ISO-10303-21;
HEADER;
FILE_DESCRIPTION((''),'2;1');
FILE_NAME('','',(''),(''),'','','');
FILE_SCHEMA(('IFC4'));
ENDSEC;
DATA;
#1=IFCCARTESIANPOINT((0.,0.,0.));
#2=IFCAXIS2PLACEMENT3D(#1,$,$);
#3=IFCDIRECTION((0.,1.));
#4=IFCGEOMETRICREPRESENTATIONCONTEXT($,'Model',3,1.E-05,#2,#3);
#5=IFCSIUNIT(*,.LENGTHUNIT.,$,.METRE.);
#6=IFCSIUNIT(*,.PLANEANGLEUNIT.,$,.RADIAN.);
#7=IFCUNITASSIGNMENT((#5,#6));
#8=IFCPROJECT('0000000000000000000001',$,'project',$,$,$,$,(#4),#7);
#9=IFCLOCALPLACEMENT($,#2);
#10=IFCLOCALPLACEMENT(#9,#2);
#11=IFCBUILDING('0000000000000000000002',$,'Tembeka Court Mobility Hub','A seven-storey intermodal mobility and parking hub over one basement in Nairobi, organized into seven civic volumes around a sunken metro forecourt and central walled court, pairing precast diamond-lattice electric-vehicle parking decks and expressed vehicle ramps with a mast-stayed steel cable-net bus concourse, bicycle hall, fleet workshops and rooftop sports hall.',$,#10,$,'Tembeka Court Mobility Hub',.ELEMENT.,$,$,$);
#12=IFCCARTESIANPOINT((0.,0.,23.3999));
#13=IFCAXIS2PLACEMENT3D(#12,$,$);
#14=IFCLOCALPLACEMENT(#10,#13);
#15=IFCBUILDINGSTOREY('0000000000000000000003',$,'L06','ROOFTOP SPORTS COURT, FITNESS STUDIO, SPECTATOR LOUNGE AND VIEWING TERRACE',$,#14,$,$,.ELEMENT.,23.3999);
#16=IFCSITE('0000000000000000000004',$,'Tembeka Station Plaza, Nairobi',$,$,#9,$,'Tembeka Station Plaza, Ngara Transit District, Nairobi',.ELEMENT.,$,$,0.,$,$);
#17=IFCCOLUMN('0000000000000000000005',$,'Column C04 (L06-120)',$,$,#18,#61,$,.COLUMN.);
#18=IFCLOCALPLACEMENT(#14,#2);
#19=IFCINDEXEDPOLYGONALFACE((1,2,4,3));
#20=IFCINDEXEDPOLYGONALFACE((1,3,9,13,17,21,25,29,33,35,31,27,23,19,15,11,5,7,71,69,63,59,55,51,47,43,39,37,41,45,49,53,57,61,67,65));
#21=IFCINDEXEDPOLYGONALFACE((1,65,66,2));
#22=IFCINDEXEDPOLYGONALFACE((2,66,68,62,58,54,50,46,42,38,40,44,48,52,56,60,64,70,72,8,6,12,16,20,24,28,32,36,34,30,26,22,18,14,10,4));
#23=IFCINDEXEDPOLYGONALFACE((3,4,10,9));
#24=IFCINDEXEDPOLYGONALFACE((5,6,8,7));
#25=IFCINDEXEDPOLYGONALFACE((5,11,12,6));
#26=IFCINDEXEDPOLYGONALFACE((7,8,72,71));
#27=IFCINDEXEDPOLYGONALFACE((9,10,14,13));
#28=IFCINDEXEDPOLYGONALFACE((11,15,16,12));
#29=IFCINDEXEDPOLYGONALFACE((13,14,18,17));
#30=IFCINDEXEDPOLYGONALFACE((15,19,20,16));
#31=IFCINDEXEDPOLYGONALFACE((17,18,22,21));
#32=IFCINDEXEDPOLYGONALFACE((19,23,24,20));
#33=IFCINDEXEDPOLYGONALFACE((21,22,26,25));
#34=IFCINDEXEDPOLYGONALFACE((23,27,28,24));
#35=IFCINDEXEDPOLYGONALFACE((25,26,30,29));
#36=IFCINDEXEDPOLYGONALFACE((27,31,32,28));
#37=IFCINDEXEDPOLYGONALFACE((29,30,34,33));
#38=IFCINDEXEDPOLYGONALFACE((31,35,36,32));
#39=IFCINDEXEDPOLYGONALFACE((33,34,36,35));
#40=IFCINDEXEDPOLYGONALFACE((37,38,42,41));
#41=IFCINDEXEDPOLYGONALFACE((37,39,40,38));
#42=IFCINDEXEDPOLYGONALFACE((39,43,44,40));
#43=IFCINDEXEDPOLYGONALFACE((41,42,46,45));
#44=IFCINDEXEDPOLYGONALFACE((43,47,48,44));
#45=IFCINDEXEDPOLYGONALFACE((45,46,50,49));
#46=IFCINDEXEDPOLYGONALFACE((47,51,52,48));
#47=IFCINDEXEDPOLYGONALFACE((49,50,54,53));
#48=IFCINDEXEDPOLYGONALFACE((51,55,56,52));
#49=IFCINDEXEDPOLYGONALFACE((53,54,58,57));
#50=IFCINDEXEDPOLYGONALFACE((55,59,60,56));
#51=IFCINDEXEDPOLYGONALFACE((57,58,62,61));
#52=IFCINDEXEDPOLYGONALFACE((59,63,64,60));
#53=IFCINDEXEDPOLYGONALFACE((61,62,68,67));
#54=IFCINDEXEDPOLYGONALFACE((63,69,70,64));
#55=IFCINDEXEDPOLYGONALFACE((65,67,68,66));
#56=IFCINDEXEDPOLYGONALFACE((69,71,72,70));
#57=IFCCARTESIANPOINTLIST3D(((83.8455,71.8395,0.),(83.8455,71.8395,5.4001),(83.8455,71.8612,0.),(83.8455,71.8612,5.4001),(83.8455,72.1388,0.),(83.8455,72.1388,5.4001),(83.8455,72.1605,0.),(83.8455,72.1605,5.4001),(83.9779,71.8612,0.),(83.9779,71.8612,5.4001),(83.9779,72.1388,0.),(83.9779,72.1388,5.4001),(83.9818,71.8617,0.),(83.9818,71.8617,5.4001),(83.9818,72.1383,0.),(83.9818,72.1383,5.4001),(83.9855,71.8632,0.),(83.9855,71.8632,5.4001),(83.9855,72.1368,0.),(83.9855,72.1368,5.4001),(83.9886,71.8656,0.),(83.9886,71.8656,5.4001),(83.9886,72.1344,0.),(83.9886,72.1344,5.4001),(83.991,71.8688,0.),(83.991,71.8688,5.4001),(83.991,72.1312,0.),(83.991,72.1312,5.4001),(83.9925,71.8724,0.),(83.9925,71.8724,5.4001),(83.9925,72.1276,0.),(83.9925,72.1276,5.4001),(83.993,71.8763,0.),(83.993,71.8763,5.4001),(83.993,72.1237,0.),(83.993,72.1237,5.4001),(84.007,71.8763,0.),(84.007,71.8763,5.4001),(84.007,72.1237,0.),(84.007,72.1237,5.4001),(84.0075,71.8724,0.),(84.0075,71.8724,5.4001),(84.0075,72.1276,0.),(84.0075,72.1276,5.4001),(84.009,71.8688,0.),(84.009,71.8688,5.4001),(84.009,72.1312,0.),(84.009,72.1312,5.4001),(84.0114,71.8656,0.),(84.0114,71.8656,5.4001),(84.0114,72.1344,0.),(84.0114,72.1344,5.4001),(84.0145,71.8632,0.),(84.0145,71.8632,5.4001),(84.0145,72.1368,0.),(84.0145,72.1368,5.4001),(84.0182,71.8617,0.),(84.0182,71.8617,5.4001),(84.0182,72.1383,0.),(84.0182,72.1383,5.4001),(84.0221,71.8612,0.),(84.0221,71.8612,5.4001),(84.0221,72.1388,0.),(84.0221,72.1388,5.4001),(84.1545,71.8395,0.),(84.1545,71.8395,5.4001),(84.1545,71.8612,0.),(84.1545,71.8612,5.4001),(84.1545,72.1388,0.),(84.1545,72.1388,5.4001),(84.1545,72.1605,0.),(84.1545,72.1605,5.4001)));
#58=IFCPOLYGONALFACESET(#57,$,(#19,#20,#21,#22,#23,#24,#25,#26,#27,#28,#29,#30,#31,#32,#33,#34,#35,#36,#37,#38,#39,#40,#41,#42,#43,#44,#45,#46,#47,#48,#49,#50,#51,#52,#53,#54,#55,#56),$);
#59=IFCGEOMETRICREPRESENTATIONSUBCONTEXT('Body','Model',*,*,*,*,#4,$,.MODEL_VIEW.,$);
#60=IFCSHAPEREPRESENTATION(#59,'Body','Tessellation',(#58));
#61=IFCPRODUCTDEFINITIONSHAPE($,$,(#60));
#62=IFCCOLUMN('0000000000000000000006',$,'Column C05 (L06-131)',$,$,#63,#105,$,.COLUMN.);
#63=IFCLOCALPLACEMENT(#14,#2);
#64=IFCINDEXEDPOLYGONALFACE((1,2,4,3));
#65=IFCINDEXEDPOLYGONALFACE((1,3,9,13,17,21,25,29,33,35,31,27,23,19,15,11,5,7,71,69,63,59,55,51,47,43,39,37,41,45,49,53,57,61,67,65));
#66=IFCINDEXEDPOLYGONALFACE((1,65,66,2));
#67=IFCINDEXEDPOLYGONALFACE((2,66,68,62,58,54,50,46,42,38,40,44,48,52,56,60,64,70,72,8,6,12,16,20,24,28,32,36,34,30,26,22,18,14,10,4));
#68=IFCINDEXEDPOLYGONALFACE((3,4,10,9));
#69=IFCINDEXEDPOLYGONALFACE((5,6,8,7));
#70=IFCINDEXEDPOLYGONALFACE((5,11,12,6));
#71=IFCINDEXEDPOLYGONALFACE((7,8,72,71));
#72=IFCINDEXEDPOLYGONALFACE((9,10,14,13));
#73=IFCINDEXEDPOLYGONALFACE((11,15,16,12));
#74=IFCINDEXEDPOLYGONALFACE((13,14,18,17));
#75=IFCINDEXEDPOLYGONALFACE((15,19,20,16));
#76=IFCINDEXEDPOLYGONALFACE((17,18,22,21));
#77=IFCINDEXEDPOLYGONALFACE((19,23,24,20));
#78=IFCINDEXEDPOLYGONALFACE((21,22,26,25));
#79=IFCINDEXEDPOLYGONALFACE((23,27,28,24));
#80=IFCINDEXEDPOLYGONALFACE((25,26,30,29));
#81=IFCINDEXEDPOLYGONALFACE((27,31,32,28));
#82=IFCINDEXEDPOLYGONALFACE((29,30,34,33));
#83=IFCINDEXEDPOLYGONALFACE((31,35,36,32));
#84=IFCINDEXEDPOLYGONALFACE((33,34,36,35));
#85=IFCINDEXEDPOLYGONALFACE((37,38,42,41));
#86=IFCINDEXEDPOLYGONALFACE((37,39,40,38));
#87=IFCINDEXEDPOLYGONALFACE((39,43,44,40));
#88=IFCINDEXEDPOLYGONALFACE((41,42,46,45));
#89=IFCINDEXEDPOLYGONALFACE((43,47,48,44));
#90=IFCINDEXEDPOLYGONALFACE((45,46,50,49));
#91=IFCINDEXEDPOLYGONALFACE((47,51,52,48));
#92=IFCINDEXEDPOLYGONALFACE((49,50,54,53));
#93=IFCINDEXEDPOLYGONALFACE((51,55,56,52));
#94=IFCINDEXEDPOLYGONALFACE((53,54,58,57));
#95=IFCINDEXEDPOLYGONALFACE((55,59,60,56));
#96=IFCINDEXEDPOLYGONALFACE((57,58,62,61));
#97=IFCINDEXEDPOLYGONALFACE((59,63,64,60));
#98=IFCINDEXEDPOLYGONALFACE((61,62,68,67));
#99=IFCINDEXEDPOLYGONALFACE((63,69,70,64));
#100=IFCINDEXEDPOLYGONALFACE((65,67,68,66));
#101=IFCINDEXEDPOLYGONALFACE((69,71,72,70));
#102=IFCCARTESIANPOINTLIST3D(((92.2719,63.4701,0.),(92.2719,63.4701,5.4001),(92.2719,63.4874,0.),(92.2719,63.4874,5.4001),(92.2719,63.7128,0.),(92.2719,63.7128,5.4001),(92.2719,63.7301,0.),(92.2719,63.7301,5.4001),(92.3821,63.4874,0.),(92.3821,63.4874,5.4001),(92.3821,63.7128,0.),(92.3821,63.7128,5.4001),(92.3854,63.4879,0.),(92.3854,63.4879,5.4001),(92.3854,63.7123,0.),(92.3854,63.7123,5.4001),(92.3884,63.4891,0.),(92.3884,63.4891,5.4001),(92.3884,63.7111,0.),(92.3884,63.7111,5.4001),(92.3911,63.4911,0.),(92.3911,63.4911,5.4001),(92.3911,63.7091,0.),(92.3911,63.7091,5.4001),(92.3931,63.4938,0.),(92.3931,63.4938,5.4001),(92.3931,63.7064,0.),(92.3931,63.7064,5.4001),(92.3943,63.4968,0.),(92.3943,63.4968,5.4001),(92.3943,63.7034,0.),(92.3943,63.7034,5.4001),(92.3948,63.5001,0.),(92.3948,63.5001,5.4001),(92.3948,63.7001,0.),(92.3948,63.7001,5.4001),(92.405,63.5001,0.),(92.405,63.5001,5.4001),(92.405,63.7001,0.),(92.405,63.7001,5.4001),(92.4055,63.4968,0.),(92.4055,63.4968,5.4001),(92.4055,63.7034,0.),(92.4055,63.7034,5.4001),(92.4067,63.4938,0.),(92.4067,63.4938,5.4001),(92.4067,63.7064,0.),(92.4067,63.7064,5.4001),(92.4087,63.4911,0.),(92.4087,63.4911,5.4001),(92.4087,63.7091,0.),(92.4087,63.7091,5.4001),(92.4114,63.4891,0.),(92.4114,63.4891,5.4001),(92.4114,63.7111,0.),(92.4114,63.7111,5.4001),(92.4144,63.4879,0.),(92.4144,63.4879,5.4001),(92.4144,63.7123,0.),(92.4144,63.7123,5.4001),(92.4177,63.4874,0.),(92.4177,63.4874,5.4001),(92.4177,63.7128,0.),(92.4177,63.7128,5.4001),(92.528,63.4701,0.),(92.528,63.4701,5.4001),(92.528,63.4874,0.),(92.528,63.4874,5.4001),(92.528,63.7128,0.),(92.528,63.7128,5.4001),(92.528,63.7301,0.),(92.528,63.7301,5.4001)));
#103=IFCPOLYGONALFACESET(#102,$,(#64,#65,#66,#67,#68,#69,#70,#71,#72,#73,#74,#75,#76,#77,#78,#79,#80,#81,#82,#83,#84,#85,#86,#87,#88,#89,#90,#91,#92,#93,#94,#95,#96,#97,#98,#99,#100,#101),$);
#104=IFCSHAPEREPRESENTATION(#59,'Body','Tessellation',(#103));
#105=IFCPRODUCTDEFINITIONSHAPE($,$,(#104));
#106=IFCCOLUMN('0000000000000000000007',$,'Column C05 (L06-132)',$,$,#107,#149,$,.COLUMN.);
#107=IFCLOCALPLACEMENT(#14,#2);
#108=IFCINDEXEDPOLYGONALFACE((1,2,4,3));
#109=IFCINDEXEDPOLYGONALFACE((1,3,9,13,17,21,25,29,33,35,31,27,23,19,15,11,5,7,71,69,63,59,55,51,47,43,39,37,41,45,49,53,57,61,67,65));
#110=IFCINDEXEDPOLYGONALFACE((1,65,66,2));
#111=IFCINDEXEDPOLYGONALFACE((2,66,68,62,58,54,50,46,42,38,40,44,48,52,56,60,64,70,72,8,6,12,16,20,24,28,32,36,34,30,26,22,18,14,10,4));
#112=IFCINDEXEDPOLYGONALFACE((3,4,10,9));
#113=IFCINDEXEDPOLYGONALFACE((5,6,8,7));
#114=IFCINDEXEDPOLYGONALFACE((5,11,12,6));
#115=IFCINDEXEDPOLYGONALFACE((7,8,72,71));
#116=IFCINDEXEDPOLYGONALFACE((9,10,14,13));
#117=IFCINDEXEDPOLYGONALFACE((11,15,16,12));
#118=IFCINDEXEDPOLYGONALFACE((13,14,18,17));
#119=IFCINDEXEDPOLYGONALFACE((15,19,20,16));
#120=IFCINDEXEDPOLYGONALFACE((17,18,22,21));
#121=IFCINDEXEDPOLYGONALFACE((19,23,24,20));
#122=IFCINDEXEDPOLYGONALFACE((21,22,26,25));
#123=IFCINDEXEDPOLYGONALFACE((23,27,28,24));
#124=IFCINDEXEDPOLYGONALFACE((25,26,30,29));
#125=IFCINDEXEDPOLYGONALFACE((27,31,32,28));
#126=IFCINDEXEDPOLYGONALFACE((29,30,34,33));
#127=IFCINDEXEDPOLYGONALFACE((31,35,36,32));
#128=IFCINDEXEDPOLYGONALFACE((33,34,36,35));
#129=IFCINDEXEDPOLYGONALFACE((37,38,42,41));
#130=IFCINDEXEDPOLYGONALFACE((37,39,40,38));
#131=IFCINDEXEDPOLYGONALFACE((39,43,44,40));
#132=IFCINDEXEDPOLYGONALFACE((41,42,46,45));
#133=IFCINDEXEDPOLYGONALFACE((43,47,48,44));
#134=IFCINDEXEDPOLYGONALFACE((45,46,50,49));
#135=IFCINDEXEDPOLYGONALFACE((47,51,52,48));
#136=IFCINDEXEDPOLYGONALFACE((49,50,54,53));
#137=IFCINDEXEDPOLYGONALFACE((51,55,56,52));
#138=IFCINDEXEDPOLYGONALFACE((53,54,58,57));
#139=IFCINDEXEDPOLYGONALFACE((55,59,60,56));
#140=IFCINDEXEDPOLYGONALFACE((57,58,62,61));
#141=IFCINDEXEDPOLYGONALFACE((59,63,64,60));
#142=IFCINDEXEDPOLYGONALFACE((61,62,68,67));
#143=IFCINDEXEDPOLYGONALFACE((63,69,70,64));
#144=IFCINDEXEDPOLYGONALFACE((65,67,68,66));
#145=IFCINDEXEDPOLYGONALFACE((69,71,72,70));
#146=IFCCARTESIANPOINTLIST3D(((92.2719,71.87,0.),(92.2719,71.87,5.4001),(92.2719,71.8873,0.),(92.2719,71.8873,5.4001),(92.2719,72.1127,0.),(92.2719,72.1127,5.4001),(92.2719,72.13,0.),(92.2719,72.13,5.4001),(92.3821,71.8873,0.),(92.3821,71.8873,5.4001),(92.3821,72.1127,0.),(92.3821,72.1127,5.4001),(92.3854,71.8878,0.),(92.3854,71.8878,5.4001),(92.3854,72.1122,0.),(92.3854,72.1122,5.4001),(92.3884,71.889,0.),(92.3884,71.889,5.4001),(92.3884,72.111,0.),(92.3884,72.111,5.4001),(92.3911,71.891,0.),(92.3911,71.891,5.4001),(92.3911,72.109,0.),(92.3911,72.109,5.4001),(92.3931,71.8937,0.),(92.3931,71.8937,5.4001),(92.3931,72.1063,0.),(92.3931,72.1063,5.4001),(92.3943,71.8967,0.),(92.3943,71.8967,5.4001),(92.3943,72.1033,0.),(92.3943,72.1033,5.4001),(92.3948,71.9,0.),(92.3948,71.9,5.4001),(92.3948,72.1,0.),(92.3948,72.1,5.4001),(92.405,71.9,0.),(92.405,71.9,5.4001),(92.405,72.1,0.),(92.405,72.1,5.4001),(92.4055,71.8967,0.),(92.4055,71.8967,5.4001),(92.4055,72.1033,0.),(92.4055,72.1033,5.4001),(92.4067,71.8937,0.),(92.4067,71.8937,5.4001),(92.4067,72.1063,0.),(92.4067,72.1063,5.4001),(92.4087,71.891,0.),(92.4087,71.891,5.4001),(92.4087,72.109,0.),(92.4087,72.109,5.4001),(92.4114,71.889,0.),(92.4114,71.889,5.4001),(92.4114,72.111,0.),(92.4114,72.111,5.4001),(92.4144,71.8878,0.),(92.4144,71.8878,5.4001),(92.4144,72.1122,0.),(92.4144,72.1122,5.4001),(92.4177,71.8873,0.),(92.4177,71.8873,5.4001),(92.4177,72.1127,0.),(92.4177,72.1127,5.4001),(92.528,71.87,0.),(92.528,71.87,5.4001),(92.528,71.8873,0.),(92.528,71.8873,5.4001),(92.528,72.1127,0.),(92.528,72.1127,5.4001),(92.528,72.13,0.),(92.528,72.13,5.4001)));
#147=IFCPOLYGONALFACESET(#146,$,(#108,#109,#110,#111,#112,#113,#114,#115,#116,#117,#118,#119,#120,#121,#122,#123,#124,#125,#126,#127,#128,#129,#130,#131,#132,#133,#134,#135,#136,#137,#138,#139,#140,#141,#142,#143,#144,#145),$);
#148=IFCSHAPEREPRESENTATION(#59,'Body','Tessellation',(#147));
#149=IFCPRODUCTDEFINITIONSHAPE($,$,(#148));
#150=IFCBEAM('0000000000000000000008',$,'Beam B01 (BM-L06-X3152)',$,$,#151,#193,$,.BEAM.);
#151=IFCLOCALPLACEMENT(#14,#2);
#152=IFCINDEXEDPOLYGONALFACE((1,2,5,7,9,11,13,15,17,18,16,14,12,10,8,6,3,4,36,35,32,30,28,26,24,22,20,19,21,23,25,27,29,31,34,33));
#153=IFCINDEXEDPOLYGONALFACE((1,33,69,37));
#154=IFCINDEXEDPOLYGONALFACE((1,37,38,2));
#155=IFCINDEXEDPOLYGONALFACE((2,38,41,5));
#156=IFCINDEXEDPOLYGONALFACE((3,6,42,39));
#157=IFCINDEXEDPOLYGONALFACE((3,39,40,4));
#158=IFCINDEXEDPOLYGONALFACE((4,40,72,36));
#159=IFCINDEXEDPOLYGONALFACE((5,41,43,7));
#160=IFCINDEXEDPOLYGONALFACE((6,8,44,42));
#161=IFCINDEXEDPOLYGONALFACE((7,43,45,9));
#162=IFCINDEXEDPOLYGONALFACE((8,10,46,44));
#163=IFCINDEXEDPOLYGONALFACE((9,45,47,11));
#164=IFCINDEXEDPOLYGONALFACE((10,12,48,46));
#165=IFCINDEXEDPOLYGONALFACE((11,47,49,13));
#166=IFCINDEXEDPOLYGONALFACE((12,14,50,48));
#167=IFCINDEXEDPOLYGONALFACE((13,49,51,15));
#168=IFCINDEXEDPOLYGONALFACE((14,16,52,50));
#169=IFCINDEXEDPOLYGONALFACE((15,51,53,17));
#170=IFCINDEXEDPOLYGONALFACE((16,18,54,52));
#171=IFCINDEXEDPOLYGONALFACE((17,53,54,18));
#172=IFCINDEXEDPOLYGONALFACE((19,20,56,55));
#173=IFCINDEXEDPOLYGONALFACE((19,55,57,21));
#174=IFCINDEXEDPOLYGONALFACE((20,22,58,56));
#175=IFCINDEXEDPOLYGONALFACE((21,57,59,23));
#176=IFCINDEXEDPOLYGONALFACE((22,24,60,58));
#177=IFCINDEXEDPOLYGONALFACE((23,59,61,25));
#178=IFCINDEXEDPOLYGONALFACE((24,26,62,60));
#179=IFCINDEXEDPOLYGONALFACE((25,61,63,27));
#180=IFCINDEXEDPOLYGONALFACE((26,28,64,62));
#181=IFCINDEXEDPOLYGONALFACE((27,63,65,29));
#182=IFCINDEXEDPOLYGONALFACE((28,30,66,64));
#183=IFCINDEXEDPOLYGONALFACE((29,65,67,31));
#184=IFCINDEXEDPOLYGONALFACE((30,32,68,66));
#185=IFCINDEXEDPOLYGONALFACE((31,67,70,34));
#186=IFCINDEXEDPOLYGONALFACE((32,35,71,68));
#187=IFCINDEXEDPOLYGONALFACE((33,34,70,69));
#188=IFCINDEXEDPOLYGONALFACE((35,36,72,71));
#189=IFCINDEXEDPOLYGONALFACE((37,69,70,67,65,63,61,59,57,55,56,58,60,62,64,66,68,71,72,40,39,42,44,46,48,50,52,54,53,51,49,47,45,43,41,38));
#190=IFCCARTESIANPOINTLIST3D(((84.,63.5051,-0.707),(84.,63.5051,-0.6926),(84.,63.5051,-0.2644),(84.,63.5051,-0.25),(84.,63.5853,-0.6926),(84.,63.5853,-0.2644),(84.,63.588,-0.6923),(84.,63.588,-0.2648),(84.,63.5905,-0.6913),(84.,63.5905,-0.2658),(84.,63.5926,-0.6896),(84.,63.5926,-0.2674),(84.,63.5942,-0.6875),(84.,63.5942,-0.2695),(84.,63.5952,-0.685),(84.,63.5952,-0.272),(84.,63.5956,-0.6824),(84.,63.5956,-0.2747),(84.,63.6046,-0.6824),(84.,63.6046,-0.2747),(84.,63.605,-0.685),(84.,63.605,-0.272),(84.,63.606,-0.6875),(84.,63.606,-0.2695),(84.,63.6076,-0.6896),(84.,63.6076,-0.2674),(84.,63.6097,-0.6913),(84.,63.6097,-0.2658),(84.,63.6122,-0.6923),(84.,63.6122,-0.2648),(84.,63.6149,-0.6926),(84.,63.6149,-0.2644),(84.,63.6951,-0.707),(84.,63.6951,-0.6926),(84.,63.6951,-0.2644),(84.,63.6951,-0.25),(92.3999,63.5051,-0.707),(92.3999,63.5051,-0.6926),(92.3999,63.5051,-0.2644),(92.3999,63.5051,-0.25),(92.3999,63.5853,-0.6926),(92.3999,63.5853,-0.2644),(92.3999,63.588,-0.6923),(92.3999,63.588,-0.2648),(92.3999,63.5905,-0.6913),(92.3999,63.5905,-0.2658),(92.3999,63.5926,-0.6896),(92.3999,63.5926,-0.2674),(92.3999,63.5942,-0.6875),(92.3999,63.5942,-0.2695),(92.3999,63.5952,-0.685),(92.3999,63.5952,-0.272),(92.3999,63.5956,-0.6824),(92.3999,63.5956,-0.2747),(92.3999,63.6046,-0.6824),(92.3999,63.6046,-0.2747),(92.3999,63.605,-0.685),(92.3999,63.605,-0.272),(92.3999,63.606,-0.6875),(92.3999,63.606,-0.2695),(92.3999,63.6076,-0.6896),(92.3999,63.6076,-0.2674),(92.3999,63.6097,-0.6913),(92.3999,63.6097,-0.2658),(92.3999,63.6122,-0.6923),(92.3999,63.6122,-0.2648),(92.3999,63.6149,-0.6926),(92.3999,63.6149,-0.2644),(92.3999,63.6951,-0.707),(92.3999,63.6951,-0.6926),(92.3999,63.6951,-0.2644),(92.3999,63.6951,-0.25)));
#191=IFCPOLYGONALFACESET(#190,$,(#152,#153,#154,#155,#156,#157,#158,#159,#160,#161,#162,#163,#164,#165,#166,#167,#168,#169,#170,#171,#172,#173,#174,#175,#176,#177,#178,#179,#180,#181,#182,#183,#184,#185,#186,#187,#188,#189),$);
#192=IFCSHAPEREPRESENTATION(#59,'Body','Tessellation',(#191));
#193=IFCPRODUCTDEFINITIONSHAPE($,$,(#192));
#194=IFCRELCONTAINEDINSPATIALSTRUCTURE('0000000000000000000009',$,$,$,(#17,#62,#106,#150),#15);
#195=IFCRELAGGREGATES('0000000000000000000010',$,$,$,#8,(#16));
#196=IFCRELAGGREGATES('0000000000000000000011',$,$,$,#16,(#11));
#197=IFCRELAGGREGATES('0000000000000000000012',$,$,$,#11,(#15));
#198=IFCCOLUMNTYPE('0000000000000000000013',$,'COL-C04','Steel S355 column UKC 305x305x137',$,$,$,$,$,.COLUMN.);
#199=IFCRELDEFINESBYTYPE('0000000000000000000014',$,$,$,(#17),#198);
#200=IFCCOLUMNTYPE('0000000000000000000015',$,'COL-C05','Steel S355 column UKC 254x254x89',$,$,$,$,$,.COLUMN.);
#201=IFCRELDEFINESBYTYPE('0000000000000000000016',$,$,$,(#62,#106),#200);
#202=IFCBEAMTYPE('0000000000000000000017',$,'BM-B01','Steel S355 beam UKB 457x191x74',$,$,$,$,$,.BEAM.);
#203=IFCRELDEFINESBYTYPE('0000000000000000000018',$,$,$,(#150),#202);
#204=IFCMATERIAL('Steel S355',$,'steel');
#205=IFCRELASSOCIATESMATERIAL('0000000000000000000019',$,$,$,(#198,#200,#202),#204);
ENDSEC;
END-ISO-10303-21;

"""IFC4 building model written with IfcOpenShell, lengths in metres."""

from ifc_helpers import new_model, si_unit, direction, frame, origin, origin_2d, place, context, subcontext, project, spatial, i_section, extrude, material, material_profile, profile_set, type_object, element, save


model = new_model("IFC4")

# Units and contexts
model_context = context("Model", 3, precision=1e-05, world=origin(), true_north=direction((0.0, 1.0)))
body_context = subcontext(model_context, "Body", "Model", "MODEL_VIEW")
ifc_project = project(units=[si_unit("LENGTHUNIT", "METRE"), si_unit("PLANEANGLEUNIT", "RADIAN")], contexts=[model_context])

# Site, building, storey
site_placement = place(None, origin())
site = spatial("IfcSite", under=ifc_project, at=site_placement, Name="Tembeka Station Plaza, Nairobi", LongName="Tembeka Station Plaza, Ngara Transit District, Nairobi", CompositionType="ELEMENT", RefElevation=0.0)
building_placement = place(site_placement, origin())
building = spatial("IfcBuilding", under=site, at=building_placement, Name="Tembeka Court Mobility Hub", Description="A seven-storey intermodal mobility and parking hub over one basement in Nairobi, organized into seven civic volumes around a sunken metro forecourt and central walled court, pairing precast diamond-lattice electric-vehicle parking decks and expressed vehicle ramps with a mast-stayed steel cable-net bus concourse, bicycle hall, fleet workshops and rooftop sports hall.", LongName="Tembeka Court Mobility Hub", CompositionType="ELEMENT")
storey_placement = place(building_placement, frame((0.0, 0.0, 23.3999)))
storey = spatial("IfcBuildingStorey", under=building, at=storey_placement, Name="L06", Description="ROOFTOP SPORTS COURT, FITNESS STUDIO, SPECTATOR LOUNGE AND VIEWING TERRACE", CompositionType="ELEMENT", Elevation=23.3999)

# Columns
ifc_material_1 = material(Name="Steel S355", Category="steel")
ifc_material_profile_1 = material_profile(ifc_material_1, i_section(OverallWidth=0.3091, OverallDepth=0.321, WebThickness=0.0139, FlangeThickness=0.0217, FilletRadius=0.0151, at=origin_2d()), Name="UKC 305x305x137")
ifc_profile_set_1 = profile_set([ifc_material_profile_1], Name="Steel S355")
column_type_1 = type_object("IfcColumnType", Name="COL-C04", Description="Steel S355 column UKC 305x305x137", PredefinedType="COLUMN", material=ifc_profile_set_1)
column_placement = place(storey_placement, frame((84.0, 72.0, 0.0), z_axis=(0.0, 0.0, 1.0), x_axis=(1.0, 0.0, 0.0)))
element("IfcColumn", 1, at=column_placement, inside=storey, type_object=column_type_1, Name="Column C04 (L06-120)", PredefinedType="COLUMN", context=body_context, shape_type="SweptSolid", body=[
    extrude(i_section(OverallWidth=0.3091, OverallDepth=0.321, WebThickness=0.0139, FlangeThickness=0.0217, FilletRadius=0.0151, at=origin_2d()), origin(), (0.0, 0.0, 1.0), 5.4001),
])
ifc_material_profile_2 = material_profile(ifc_material_1, i_section(OverallWidth=0.2561, OverallDepth=0.26, WebThickness=0.0103, FlangeThickness=0.0173, FilletRadius=0.0127, at=origin_2d()), Name="UKC 254x254x89")
ifc_profile_set_2 = profile_set([ifc_material_profile_2], Name="Steel S355")
column_type_2 = type_object("IfcColumnType", Name="COL-C05", Description="Steel S355 column UKC 254x254x89", PredefinedType="COLUMN", material=ifc_profile_set_2)
for number, where, z_axis, x_axis, name in (
    (2, (92.3999, 63.6001, 0.0), (0.0, 0.0, 1.0), (1.0, 0.0, 0.0), "Column C05 (L06-131)"),
    (3, (92.3999, 72.0, 0.0), (0.0, 0.0, 1.0), (1.0, 0.0, 0.0), "Column C05 (L06-132)"),
):
    element("IfcColumn", number, at=place(storey_placement, frame(where, z_axis=z_axis, x_axis=x_axis)), inside=storey, type_object=column_type_2, Name=name, PredefinedType="COLUMN", context=body_context, shape_type="SweptSolid", body=[
        extrude(i_section(OverallWidth=0.2561, OverallDepth=0.26, WebThickness=0.0103, FlangeThickness=0.0173, FilletRadius=0.0127, at=origin_2d()), origin(), (0.0, 0.0, 1.0), 5.4001),
    ])

# Beam
ifc_material_profile_3 = material_profile(ifc_material_1, i_section(OverallWidth=0.1899, OverallDepth=0.457, WebThickness=0.009, FlangeThickness=0.0144, FilletRadius=0.0103, at=origin_2d()), Name="UKB 457x191x74")
ifc_profile_set_3 = profile_set([ifc_material_profile_3], Name="Steel S355")
beam_type_1 = type_object("IfcBeamType", Name="BM-B01", Description="Steel S355 beam UKB 457x191x74", PredefinedType="BEAM", material=ifc_profile_set_3)
beam_1_placement = place(storey_placement, frame((84.0, 63.6001, -0.4785), z_axis=(1.0, 0.0, 0.0), x_axis=(0.0, 1.0, 0.0)))
element("IfcBeam", 4, at=beam_1_placement, inside=storey, type_object=beam_type_1, Name="Beam B01 (BM-L06-X3152)", PredefinedType="BEAM", context=body_context, shape_type="SweptSolid", body=[
    extrude(i_section(OverallWidth=0.1899, OverallDepth=0.457, WebThickness=0.009, FlangeThickness=0.0144, FilletRadius=0.0103, at=origin_2d()), origin(), (0.0, 0.0, 1.0), 8.3999),
])

save(model, "model.ifc")
